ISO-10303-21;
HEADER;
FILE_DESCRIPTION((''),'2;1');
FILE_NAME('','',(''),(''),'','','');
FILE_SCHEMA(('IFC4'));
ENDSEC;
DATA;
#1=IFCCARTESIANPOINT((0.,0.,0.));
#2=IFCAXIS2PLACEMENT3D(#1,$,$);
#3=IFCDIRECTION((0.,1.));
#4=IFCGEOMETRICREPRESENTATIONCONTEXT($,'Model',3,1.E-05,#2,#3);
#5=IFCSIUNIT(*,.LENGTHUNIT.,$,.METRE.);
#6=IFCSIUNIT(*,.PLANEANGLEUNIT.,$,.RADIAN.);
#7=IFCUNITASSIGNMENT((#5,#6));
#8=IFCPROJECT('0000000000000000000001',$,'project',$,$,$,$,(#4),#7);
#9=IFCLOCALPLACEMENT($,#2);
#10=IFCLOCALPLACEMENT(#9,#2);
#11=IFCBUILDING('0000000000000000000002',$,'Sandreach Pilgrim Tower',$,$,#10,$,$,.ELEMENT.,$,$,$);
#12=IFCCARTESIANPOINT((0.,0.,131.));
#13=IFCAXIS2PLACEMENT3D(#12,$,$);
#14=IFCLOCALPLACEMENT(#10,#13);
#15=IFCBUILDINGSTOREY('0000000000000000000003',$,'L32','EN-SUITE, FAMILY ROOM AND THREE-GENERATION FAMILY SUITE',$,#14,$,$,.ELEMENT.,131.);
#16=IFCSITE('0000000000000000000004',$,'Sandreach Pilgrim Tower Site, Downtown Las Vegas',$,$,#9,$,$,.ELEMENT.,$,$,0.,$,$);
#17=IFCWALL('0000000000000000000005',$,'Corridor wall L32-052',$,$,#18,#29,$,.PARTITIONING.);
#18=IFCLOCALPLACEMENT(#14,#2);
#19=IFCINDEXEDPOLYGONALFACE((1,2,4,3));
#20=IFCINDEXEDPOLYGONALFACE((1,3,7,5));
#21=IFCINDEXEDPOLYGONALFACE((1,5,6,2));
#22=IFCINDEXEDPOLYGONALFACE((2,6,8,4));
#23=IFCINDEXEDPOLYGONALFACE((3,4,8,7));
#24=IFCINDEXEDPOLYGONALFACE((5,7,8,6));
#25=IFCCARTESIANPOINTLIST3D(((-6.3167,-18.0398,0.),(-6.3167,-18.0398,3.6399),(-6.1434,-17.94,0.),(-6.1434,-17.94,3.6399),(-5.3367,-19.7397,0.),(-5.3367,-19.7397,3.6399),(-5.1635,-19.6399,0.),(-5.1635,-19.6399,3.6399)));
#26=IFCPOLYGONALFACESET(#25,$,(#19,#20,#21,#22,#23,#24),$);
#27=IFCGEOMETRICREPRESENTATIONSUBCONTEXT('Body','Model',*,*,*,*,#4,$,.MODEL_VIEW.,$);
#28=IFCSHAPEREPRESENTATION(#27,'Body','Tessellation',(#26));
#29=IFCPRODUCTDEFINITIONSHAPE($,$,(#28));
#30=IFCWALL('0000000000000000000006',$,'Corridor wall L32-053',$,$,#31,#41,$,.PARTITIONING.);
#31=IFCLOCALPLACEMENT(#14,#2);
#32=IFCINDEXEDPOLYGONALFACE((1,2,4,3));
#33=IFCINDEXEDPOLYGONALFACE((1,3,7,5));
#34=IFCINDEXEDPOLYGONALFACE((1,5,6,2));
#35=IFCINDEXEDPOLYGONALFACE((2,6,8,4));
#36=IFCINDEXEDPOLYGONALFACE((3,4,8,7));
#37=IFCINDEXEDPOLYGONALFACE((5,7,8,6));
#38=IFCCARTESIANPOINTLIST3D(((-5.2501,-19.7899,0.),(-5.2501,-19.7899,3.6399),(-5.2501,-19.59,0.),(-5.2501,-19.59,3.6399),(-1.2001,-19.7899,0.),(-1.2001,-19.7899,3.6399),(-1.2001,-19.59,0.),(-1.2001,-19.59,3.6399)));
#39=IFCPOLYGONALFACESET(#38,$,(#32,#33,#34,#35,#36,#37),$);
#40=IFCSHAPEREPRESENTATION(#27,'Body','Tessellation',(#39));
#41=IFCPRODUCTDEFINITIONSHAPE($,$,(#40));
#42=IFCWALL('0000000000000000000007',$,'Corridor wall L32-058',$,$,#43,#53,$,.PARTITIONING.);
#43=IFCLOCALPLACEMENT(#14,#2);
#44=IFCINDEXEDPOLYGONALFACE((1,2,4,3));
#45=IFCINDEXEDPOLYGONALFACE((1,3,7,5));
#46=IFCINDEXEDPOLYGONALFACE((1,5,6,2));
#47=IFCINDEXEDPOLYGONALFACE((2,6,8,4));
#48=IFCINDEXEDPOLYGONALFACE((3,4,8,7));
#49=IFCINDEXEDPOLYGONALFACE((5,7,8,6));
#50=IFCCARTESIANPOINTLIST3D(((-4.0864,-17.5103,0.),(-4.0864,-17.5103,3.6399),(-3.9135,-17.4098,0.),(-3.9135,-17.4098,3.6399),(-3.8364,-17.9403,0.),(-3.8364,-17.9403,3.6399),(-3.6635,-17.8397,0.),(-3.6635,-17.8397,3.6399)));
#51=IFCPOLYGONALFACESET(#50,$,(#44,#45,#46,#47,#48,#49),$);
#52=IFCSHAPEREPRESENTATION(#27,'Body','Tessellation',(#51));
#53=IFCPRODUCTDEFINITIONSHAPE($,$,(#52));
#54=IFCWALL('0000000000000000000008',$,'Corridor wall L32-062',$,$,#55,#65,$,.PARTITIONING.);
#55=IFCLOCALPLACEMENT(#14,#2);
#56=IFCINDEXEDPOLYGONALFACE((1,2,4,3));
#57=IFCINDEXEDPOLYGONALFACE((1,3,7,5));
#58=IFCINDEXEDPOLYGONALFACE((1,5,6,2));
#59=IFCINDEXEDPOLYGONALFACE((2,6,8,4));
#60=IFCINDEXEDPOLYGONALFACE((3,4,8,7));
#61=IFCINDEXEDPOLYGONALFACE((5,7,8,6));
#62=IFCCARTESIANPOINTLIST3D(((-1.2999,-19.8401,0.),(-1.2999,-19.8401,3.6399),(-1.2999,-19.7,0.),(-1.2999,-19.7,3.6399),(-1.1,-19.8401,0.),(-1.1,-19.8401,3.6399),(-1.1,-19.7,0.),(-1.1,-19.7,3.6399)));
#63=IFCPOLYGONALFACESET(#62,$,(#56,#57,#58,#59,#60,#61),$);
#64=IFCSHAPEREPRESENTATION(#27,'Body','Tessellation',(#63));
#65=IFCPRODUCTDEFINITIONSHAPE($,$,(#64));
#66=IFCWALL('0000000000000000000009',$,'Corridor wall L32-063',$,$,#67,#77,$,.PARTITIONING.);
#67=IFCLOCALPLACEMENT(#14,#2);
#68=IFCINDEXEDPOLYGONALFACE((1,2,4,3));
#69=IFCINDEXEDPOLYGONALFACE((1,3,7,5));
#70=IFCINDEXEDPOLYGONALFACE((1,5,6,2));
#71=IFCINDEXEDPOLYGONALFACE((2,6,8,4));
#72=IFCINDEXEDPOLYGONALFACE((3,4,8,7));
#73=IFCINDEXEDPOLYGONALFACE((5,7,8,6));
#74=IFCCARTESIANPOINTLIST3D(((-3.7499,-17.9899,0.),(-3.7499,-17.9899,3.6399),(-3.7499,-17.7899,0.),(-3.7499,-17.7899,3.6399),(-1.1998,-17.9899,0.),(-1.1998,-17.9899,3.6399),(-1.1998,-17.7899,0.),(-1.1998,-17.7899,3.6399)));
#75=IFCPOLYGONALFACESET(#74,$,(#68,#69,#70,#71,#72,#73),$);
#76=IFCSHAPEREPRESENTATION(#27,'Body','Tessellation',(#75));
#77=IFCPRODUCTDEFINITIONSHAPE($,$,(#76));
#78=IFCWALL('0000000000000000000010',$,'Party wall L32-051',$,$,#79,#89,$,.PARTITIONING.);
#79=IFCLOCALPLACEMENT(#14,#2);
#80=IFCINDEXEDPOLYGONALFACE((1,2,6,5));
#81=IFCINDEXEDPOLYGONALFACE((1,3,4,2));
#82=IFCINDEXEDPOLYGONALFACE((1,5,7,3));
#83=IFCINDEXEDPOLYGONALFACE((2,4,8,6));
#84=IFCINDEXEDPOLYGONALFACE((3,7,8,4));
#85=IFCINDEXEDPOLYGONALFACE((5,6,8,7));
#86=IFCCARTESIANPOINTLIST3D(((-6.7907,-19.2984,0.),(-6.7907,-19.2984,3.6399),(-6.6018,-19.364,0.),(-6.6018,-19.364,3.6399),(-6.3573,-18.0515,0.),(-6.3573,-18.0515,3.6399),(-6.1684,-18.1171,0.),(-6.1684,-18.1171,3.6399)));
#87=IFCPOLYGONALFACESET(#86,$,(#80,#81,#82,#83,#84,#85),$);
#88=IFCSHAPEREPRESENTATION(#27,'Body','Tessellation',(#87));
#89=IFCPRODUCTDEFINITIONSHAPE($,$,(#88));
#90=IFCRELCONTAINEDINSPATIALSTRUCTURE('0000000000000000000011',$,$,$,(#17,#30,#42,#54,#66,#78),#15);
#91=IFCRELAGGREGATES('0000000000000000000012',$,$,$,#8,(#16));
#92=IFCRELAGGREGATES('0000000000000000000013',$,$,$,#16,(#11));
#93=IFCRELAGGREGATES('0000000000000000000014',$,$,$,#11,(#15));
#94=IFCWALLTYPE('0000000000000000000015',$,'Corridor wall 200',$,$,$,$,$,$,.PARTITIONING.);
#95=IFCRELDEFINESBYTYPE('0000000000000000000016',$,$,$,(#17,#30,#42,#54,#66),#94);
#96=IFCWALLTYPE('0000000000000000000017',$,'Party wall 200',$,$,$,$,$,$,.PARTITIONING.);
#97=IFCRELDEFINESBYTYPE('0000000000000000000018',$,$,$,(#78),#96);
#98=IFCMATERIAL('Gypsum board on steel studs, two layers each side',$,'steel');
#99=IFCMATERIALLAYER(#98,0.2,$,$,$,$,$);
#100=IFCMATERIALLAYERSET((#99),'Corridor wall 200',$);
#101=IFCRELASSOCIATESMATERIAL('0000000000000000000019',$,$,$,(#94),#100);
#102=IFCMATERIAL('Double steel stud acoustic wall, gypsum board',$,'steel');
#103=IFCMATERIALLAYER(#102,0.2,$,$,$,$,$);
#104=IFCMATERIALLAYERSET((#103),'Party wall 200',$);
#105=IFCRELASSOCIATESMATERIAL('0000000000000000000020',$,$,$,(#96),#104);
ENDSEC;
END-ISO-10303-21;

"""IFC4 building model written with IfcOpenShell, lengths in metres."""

from ifc_helpers import new_model, si_unit, direction, frame, frame_2d, origin, place, context, subcontext, project, spatial, rectangle, extrude, material, layer, layer_set, type_object, element, save


model = new_model("IFC4")

# Units and contexts
model_context = context("Model", 3, precision=1e-05, world=origin(), true_north=direction((0.0, 1.0)))
body_context = subcontext(model_context, "Body", "Model", "MODEL_VIEW")
ifc_project = project(units=[si_unit("LENGTHUNIT", "METRE"), si_unit("PLANEANGLEUNIT", "RADIAN")], contexts=[model_context])

# Site, building, storey
site_placement = place(None, origin())
site = spatial("IfcSite", under=ifc_project, at=site_placement, Name="Sandreach Pilgrim Tower Site, Downtown Las Vegas", CompositionType="ELEMENT", RefElevation=0.0)
building_placement = place(site_placement, origin())
building = spatial("IfcBuilding", under=site, at=building_placement, Name="Sandreach Pilgrim Tower", CompositionType="ELEMENT")
storey_placement = place(building_placement, frame((0.0, 0.0, 131.0)))
storey = spatial("IfcBuildingStorey", under=building, at=storey_placement, Name="L32", Description="EN-SUITE, FAMILY ROOM AND THREE-GENERATION FAMILY SUITE", CompositionType="ELEMENT", Elevation=131.0)

# Shared definitions
ifc_material_1 = material(Name="Gypsum board on steel studs, two layers each side", Category="steel")
ifc_layer_1 = layer(ifc_material_1, 0.2)
ifc_layer_set_1 = layer_set([ifc_layer_1], Name="Corridor wall 200")
wall_type_1 = type_object("IfcWallType", Name="Corridor wall 200", PredefinedType="PARTITIONING", material=ifc_layer_set_1)

# Walls
wall_1_placement = place(storey_placement, frame((-6.23, -17.99, 0.0), z_axis=(0.0, 0.0, 1.0), x_axis=(0.499432, -0.866353, 0.0)))
element("IfcWall", 1, at=wall_1_placement, inside=storey, type_object=wall_type_1, Name="Corridor wall L32-052", PredefinedType="PARTITIONING", context=body_context, shape_type="SweptSolid", body=[
    extrude(rectangle(XDim=1.9622, YDim=0.2, at=frame_2d((0.981, 0.0))), origin(), (0.0, 0.0, 1.0), 3.6399),
])
wall_2_placement = place(storey_placement, frame((-5.25, -19.6899, 0.0), z_axis=(0.0, 0.0, 1.0), x_axis=(1.0, 0.0, 0.0)))
element("IfcWall", 2, at=wall_2_placement, inside=storey, type_object=wall_type_1, Name="Corridor wall L32-053", PredefinedType="PARTITIONING", context=body_context, shape_type="SweptSolid", body=[
    extrude(rectangle(XDim=4.05, YDim=0.2, at=frame_2d((2.0249, 0.0))), origin(), (0.0, 0.0, 1.0), 3.6399),
])

# Wall
wall_3_placement = place(storey_placement, frame((-3.75, -17.8899, 0.0), z_axis=(0.0, 0.0, 1.0), x_axis=(-0.50268, 0.864472, 0.0)))
element("IfcWall", 3, at=wall_3_placement, inside=storey, type_object=wall_type_1, Name="Corridor wall L32-058", PredefinedType="PARTITIONING", context=body_context, shape_type="SweptSolid", body=[
    extrude(rectangle(XDim=0.4973, YDim=0.2, at=frame_2d((0.2485, 0.0))), origin(), (0.0, 0.0, 1.0), 3.6399),
])

# Walls
wall_4_placement = place(storey_placement, frame((-1.2, -19.7, 0.0), z_axis=(0.0, 0.0, 1.0), x_axis=(0.0, -1.0, 0.0)))
element("IfcWall", 4, at=wall_4_placement, inside=storey, type_object=wall_type_1, Name="Corridor wall L32-062", PredefinedType="PARTITIONING", context=body_context, shape_type="SweptSolid", body=[
    extrude(rectangle(XDim=0.1401, YDim=0.2, at=frame_2d((0.0701, 0.0))), origin(), (0.0, 0.0, 1.0), 3.6399),
])
wall_5_placement = place(storey_placement, frame((-1.2, -17.8899, 0.0), z_axis=(0.0, 0.0, 1.0), x_axis=(-1.0, 0.0, 0.0)))
element("IfcWall", 5, at=wall_5_placement, inside=storey, type_object=wall_type_1, Name="Corridor wall L32-063", PredefinedType="PARTITIONING", context=body_context, shape_type="SweptSolid", body=[
    extrude(rectangle(XDim=2.55, YDim=0.2, at=frame_2d((1.2749, 0.0))), origin(), (0.0, 0.0, 1.0), 3.6399),
])
ifc_material_2 = material(Name="Double steel stud acoustic wall, gypsum board", Category="steel")
ifc_layer_2 = layer(ifc_material_2, 0.2)
ifc_layer_set_2 = layer_set([ifc_layer_2], Name="Party wall 200")
wall_type_2 = type_object("IfcWallType", Name="Party wall 200", PredefinedType="PARTITIONING", material=ifc_layer_set_2)
wall_6_placement = place(storey_placement, frame((-6.6963, -19.3313, 0.0), z_axis=(0.0, 0.0, 1.0), x_axis=(0.328298, 0.944574, 0.0)))
element("IfcWall", 6, at=wall_6_placement, inside=storey, type_object=wall_type_2, Name="Party wall L32-051", PredefinedType="PARTITIONING", context=body_context, shape_type="SweptSolid", body=[
    extrude(rectangle(XDim=1.3201, YDim=0.2, at=frame_2d((0.6602, 0.0))), origin(), (0.0, 0.0, 1.0), 3.6399),
])

save(model, "model.ifc")
